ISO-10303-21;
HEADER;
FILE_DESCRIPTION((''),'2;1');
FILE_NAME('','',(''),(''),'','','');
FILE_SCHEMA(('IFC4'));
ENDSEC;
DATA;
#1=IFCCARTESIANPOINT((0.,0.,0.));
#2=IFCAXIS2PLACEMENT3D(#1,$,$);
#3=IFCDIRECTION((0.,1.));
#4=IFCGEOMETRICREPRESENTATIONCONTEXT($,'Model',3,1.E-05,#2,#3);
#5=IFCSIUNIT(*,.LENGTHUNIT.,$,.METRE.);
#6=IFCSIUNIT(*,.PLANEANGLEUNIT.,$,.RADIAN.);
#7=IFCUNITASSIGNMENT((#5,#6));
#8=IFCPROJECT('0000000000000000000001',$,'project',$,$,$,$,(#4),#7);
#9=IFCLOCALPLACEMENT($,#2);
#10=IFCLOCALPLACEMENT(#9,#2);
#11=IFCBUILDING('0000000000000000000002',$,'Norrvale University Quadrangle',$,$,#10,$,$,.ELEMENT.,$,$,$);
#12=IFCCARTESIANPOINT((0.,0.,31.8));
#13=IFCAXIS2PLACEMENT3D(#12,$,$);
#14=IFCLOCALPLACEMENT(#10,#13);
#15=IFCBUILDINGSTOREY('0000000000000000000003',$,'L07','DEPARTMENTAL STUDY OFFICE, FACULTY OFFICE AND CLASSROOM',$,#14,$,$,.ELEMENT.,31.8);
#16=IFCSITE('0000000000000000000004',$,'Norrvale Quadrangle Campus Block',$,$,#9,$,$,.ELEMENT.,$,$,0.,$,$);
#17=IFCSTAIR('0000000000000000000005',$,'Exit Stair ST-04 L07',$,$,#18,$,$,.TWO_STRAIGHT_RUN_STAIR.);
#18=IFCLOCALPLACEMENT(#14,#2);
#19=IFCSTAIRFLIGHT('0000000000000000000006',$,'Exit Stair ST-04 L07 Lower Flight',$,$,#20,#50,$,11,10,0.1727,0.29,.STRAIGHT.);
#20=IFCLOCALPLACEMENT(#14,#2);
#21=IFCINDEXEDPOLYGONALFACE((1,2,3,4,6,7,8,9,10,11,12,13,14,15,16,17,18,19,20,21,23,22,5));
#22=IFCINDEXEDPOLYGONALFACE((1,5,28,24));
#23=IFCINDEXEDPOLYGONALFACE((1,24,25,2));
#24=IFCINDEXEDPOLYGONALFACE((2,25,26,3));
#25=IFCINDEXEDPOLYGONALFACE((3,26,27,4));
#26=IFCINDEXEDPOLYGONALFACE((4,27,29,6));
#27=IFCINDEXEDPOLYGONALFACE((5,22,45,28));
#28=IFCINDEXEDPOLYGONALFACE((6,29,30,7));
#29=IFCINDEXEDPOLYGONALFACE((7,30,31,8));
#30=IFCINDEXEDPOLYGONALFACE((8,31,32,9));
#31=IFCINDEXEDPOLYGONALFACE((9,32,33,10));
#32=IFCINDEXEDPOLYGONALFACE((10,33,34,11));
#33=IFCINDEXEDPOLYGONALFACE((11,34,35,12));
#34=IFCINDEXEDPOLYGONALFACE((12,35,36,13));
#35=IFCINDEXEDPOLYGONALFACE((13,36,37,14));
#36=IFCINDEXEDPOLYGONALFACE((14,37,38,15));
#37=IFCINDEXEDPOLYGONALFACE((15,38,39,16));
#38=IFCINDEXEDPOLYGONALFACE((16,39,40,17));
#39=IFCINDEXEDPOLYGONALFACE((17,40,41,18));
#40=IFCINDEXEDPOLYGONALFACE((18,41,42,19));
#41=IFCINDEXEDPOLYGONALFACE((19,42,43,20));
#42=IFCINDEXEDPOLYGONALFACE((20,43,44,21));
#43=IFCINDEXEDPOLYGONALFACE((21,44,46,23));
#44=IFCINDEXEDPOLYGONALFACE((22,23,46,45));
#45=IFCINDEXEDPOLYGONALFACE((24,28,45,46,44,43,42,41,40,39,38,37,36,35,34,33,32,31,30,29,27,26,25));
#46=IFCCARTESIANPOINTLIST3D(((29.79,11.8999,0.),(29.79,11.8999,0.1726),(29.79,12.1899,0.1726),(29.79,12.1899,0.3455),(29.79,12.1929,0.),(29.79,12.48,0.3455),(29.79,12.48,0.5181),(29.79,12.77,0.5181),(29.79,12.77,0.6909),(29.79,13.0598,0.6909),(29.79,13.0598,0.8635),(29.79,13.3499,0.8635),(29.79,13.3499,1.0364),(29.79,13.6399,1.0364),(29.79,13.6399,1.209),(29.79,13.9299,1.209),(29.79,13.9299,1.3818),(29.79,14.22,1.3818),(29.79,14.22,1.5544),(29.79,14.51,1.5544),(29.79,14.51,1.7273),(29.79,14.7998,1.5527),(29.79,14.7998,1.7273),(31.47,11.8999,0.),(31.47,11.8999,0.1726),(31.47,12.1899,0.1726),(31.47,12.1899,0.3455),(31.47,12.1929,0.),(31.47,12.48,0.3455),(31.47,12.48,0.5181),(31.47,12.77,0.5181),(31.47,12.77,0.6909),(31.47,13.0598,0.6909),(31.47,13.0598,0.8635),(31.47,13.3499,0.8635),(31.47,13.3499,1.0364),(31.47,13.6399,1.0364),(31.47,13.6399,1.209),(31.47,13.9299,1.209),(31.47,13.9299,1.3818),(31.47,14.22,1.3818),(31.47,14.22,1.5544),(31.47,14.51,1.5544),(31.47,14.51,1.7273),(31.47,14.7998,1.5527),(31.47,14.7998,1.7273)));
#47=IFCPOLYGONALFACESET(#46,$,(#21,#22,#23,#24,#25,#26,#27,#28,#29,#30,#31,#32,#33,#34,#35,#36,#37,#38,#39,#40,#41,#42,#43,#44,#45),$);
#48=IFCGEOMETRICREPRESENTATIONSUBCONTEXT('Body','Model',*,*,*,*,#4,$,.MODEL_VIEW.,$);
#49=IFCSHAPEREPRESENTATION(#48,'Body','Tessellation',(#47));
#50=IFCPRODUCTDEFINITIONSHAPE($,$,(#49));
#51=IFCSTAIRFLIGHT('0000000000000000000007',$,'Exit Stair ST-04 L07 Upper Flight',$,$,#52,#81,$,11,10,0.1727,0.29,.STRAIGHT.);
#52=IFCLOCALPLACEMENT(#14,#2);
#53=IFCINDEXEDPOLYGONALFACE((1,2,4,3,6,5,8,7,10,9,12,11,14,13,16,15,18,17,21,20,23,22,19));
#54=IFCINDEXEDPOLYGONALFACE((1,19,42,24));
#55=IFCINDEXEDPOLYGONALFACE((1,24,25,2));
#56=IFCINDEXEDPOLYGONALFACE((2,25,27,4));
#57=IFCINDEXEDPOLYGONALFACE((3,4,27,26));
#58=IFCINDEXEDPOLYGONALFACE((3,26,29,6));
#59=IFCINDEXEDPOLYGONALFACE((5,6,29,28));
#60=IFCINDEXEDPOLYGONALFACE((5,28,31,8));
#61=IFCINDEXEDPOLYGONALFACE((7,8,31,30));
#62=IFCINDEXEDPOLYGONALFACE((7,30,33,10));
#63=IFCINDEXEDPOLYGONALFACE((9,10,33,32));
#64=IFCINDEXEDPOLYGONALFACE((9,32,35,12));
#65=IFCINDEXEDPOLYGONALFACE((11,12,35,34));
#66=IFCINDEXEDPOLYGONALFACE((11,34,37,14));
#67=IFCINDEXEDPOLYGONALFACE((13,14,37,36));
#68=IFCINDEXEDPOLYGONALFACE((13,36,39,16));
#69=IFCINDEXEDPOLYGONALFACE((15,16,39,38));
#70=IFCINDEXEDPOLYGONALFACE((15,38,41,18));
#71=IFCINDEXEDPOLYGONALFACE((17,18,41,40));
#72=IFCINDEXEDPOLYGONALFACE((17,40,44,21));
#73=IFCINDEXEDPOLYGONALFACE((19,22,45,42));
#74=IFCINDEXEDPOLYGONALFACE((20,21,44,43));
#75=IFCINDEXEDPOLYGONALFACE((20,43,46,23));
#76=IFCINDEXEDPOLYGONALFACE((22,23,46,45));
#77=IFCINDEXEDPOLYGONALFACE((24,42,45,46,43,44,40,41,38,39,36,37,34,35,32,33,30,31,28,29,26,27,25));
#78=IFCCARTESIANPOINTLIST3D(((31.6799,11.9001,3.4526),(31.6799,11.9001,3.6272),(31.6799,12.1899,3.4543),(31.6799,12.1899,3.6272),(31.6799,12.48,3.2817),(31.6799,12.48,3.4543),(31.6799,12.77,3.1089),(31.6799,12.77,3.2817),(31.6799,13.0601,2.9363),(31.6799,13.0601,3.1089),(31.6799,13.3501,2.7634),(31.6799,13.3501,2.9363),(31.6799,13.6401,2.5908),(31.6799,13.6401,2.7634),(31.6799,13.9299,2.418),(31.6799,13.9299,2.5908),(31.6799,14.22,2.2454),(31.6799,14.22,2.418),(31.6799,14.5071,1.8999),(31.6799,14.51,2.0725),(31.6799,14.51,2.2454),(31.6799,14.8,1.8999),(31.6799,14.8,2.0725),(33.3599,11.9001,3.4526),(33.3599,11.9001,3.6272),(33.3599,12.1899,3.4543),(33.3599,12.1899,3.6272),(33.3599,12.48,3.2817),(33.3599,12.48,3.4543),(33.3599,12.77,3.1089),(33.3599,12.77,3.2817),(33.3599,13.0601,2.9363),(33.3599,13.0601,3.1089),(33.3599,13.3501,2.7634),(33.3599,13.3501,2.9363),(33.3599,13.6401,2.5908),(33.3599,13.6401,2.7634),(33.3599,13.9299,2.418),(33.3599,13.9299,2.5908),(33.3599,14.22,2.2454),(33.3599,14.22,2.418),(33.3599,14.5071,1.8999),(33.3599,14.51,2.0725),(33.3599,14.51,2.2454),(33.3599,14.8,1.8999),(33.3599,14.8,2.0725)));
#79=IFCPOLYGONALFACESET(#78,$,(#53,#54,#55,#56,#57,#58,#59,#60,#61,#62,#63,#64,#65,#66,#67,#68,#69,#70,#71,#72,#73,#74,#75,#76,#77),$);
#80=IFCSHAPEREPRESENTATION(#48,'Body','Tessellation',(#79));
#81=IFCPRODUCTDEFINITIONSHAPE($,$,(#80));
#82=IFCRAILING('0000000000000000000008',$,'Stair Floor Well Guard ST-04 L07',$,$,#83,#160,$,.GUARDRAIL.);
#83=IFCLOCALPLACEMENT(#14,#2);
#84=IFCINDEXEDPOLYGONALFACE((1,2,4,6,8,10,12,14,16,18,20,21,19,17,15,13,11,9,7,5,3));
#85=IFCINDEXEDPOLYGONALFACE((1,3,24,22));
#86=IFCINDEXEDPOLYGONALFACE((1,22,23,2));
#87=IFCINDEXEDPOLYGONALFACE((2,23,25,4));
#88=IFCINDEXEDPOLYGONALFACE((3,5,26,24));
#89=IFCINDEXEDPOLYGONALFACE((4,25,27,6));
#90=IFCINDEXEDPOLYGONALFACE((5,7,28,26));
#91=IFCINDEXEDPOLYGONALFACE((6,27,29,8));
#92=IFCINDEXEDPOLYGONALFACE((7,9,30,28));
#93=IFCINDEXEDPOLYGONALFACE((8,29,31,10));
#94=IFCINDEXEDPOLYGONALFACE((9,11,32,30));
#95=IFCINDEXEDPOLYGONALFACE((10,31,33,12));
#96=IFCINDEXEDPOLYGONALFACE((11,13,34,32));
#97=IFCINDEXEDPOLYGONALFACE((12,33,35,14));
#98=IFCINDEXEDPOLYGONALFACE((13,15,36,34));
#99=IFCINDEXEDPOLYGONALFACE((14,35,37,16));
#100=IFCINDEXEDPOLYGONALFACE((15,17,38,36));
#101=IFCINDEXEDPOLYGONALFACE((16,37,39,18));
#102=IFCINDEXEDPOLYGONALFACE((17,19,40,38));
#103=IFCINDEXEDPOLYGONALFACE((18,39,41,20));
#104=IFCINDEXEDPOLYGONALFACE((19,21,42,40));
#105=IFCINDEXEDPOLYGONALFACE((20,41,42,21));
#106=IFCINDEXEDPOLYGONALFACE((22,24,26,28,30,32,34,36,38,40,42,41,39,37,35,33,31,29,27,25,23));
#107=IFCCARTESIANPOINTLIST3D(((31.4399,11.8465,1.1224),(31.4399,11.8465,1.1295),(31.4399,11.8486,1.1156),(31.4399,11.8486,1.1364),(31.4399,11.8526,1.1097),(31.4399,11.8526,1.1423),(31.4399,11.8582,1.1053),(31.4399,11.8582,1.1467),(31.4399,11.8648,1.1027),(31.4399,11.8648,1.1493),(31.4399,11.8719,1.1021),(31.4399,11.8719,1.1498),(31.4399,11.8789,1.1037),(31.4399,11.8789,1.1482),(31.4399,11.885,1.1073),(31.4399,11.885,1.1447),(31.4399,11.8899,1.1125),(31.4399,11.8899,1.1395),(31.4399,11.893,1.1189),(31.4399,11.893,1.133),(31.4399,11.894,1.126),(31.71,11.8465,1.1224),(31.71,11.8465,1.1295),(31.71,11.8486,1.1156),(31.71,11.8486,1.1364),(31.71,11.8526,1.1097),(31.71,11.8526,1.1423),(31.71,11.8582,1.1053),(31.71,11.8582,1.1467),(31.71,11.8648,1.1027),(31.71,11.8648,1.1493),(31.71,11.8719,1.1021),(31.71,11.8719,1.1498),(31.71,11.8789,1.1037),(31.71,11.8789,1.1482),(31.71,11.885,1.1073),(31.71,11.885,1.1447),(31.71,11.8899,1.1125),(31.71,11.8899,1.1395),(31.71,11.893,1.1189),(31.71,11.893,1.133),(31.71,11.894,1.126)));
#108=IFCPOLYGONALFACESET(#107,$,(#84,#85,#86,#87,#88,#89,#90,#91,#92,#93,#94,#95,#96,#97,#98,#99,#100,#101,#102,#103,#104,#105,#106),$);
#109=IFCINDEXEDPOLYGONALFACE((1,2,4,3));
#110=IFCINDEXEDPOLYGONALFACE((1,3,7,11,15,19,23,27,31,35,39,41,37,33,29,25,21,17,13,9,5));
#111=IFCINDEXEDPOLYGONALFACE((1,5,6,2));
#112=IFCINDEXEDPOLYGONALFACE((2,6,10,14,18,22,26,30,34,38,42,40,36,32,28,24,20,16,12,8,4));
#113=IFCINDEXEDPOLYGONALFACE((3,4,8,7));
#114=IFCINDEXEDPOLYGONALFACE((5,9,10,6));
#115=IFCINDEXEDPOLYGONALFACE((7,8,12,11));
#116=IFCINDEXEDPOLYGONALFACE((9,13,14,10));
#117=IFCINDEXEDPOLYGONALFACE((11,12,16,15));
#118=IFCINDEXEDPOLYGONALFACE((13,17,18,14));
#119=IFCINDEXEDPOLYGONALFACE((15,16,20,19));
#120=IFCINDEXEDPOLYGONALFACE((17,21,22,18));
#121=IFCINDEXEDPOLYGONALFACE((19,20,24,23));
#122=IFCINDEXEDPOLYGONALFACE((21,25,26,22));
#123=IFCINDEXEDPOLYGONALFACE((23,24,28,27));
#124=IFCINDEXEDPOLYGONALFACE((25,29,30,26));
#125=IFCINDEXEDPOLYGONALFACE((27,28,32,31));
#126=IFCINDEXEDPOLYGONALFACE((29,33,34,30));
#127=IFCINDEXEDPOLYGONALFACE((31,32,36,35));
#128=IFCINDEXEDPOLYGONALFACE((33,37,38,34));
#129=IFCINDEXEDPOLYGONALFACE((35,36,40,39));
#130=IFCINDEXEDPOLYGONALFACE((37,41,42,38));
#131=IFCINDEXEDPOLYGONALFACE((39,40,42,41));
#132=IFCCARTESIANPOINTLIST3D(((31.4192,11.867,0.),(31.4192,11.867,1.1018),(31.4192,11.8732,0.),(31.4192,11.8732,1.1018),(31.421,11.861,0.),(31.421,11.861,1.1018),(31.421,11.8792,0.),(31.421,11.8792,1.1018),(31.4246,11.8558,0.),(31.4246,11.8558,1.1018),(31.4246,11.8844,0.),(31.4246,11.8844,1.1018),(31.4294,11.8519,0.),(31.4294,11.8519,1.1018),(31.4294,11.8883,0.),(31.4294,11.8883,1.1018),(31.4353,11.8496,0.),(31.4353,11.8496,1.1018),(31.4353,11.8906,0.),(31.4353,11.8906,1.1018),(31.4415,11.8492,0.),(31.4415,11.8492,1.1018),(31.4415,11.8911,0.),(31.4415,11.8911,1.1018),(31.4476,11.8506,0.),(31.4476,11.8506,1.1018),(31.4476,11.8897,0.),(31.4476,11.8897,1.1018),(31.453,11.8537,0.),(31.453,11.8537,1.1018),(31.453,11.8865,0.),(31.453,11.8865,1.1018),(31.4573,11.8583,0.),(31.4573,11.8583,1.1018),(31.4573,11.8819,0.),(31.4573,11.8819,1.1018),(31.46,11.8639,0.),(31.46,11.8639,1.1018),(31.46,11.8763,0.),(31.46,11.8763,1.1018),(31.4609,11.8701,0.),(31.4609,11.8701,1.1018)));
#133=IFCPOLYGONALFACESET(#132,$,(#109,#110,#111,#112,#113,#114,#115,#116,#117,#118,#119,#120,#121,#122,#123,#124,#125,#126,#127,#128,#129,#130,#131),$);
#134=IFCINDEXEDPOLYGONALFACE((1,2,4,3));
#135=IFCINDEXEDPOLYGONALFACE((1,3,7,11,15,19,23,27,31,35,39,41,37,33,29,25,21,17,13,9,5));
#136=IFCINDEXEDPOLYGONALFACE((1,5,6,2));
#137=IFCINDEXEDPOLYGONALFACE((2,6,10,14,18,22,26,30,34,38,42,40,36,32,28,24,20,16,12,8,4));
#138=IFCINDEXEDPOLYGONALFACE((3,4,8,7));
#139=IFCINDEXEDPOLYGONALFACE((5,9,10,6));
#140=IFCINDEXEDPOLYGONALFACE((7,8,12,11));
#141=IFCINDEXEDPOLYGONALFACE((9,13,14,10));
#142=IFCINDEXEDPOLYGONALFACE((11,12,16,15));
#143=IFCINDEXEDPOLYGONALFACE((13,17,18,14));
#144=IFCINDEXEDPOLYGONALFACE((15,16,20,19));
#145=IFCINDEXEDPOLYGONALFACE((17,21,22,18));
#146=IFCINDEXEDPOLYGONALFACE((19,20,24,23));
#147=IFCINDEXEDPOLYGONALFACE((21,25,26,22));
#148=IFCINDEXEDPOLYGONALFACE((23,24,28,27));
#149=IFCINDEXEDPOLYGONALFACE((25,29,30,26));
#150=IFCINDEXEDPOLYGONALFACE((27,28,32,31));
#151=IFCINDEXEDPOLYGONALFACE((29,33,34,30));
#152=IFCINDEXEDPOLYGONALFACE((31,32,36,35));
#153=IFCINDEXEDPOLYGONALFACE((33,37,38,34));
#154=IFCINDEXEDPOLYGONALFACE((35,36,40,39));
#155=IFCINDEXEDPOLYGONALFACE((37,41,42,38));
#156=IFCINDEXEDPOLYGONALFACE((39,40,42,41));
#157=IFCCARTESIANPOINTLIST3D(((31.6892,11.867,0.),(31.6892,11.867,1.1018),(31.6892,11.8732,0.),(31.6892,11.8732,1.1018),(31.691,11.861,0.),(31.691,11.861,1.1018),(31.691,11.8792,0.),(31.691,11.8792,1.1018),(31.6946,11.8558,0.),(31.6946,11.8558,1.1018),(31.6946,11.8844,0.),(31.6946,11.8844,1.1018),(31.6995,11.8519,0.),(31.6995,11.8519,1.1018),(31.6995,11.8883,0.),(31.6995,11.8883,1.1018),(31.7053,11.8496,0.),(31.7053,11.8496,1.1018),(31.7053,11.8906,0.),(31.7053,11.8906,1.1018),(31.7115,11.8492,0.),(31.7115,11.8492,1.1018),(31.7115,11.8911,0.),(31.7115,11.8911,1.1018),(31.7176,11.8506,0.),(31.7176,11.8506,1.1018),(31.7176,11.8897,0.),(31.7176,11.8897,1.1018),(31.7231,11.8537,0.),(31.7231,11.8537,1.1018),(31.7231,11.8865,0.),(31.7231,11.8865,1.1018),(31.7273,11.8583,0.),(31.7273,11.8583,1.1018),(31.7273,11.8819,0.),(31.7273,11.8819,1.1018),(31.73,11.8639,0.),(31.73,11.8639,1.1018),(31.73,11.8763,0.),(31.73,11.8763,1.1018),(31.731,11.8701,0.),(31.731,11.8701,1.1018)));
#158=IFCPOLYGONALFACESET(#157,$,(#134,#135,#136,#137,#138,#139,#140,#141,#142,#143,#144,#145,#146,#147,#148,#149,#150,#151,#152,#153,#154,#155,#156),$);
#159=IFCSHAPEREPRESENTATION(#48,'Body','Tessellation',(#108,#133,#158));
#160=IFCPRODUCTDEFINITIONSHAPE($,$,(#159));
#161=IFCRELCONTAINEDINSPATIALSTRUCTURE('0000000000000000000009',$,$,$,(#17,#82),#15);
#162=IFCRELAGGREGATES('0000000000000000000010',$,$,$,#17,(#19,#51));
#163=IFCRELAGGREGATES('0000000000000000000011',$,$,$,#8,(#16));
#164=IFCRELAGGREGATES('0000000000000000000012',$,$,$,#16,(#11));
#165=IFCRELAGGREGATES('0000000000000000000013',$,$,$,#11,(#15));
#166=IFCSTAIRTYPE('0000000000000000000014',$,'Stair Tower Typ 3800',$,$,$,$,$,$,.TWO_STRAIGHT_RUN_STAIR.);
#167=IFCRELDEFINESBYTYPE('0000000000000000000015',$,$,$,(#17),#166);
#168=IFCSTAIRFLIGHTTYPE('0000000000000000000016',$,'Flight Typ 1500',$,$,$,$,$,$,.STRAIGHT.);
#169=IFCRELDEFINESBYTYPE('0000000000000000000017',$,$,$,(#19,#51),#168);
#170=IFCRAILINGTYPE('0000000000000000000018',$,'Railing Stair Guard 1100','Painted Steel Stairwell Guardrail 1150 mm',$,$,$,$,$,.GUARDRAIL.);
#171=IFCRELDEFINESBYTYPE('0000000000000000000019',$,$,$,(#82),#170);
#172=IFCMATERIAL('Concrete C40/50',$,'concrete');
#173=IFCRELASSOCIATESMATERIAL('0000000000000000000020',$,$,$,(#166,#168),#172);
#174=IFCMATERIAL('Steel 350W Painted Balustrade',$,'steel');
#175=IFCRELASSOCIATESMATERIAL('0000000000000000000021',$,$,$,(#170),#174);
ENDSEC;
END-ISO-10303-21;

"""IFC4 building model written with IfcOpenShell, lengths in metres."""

from ifc_helpers import new_model, si_unit, direction, frame, origin, origin_2d, place, context, subcontext, project, spatial, polyline, circle, outline, extrude, material, type_object, element, aggregate, save


model = new_model("IFC4")

# Units and contexts
model_context = context("Model", 3, precision=1e-05, world=origin(), true_north=direction((0.0, 1.0)))
body_context = subcontext(model_context, "Body", "Model", "MODEL_VIEW")
ifc_project = project(units=[si_unit("LENGTHUNIT", "METRE"), si_unit("PLANEANGLEUNIT", "RADIAN")], contexts=[model_context])

# Site, building, storey
site_placement = place(None, origin())
site = spatial("IfcSite", under=ifc_project, at=site_placement, Name="Norrvale Quadrangle Campus Block", CompositionType="ELEMENT", RefElevation=0.0)
building_placement = place(site_placement, origin())
building = spatial("IfcBuilding", under=site, at=building_placement, Name="Norrvale University Quadrangle", CompositionType="ELEMENT")
storey_placement = place(building_placement, frame((0.0, 0.0, 31.8)))
storey = spatial("IfcBuildingStorey", under=building, at=storey_placement, Name="L07", Description="DEPARTMENTAL STUDY OFFICE, FACULTY OFFICE AND CLASSROOM", CompositionType="ELEMENT", Elevation=31.8)

# Stair, stair flights
ifc_material_1 = material(Name="Concrete C40/50", Category="concrete")
stair_type = type_object("IfcStairType", Name="Stair Tower Typ 3800", PredefinedType="TWO_STRAIGHT_RUN_STAIR", material=ifc_material_1)
stair_placement = place(storey_placement, origin())
stair = element("IfcStair", 1, at=stair_placement, inside=storey, type_object=stair_type, Name="Exit Stair ST-04 L07", PredefinedType="TWO_STRAIGHT_RUN_STAIR")
stair_flight_type = type_object("IfcStairFlightType", Name="Flight Typ 1500", PredefinedType="STRAIGHT", material=ifc_material_1)
stair_flight_1_placement = place(storey_placement, frame((30.6299, 11.8999, 0.0), z_axis=(0.0, 0.0, 1.0), x_axis=(0.0, 1.0, 0.0)))
stair_flight_1 = element("IfcStairFlight", 2, at=stair_flight_1_placement, type_object=stair_flight_type, Name="Exit Stair ST-04 L07 Lower Flight", NumberOfRisers=11, NumberOfTreads=10, PredefinedType="STRAIGHT", RiserHeight=0.1727, TreadLength=0.29, context=body_context, shape_type="SweptSolid", body=[
    extrude(outline(polyline([(0.0, 0.0), (0.0, 0.1726), (0.29, 0.1726), (0.29, 0.3455), (0.5801, 0.3455), (0.5801, 0.5181), (0.8701, 0.5181), (0.8701, 0.6909), (1.1599, 0.6909), (1.1599, 0.8635), (1.45, 0.8635), (1.45, 1.0364), (1.74, 1.0364), (1.74, 1.209), (2.03, 1.209), (2.03, 1.3818), (2.3201, 1.3818), (2.3201, 1.5544), (2.6101, 1.5544), (2.6101, 1.7273), (2.8999, 1.7273), (2.8999, 1.8999), (2.8999, 1.5527), (0.293, 0.0), (0.0, 0.0)])), frame((0.0, 0.8398, 0.0), z_axis=(0.0, -1.0, 0.0), x_axis=(1.0, 0.0, 0.0)), (0.0, 0.0, 1.0), 1.6799),
])
stair_flight_2_placement = place(storey_placement, frame((32.52, 14.8, 1.8999), z_axis=(0.0, 0.0, 1.0), x_axis=(0.0, -1.0, 0.0)))
stair_flight_2 = element("IfcStairFlight", 3, at=stair_flight_2_placement, type_object=stair_flight_type, Name="Exit Stair ST-04 L07 Upper Flight", NumberOfRisers=11, NumberOfTreads=10, PredefinedType="STRAIGHT", RiserHeight=0.1727, TreadLength=0.29, context=body_context, shape_type="SweptSolid", body=[
    extrude(outline(polyline([(0.0, 0.0), (0.0, 0.1726), (0.29, 0.1726), (0.29, 0.3455), (0.5801, 0.3455), (0.5801, 0.5181), (0.8701, 0.5181), (0.8701, 0.6909), (1.1599, 0.6909), (1.1599, 0.8635), (1.45, 0.8635), (1.45, 1.0364), (1.74, 1.0364), (1.74, 1.209), (2.03, 1.209), (2.03, 1.3818), (2.3201, 1.3818), (2.3201, 1.5544), (2.6101, 1.5544), (2.6101, 1.7273), (2.8999, 1.7273), (2.8999, 1.8999), (2.8999, 1.5527), (0.293, 0.0), (0.0, 0.0)])), frame((0.0, 0.8398, 0.0), z_axis=(0.0, -1.0, 0.0), x_axis=(1.0, 0.0, 0.0)), (0.0, 0.0, 1.0), 1.6799),
])
aggregate(stair, [stair_flight_1, stair_flight_2])

# Railing
ifc_material_2 = material(Name="Steel 350W Painted Balustrade", Category="steel")
railing_type_1 = type_object("IfcRailingType", Name="Railing Stair Guard 1100", Description="Painted Steel Stairwell Guardrail 1150 mm", PredefinedType="GUARDRAIL", material=ifc_material_2)
for number, where, name in (
    (4, (31.4399, 11.8701, 0.0), "Stair Floor Well Guard ST-04 L07"),
):
    element("IfcRailing", number, at=place(storey_placement, frame(where)), inside=storey, type_object=railing_type_1, Name=name, PredefinedType="GUARDRAIL", context=body_context, shape_type="SweptSolid", body=[
        extrude(circle(Radius=0.0239, at=origin_2d()), frame((0.0, 0.0, 1.126), z_axis=(1.0, 0.0, 0.0), x_axis=(0.0, 1.0, 0.0)), (0.0, 0.0, 1.0), 0.27),
        extrude(circle(Radius=0.021, at=origin_2d()), origin(), (0.0, 0.0, 1.0), 1.1018),
        extrude(circle(Radius=0.021, at=origin_2d()), frame((0.27, 0.0, 0.0)), (0.0, 0.0, 1.0), 1.1018),
    ])

save(model, "model.ifc")
